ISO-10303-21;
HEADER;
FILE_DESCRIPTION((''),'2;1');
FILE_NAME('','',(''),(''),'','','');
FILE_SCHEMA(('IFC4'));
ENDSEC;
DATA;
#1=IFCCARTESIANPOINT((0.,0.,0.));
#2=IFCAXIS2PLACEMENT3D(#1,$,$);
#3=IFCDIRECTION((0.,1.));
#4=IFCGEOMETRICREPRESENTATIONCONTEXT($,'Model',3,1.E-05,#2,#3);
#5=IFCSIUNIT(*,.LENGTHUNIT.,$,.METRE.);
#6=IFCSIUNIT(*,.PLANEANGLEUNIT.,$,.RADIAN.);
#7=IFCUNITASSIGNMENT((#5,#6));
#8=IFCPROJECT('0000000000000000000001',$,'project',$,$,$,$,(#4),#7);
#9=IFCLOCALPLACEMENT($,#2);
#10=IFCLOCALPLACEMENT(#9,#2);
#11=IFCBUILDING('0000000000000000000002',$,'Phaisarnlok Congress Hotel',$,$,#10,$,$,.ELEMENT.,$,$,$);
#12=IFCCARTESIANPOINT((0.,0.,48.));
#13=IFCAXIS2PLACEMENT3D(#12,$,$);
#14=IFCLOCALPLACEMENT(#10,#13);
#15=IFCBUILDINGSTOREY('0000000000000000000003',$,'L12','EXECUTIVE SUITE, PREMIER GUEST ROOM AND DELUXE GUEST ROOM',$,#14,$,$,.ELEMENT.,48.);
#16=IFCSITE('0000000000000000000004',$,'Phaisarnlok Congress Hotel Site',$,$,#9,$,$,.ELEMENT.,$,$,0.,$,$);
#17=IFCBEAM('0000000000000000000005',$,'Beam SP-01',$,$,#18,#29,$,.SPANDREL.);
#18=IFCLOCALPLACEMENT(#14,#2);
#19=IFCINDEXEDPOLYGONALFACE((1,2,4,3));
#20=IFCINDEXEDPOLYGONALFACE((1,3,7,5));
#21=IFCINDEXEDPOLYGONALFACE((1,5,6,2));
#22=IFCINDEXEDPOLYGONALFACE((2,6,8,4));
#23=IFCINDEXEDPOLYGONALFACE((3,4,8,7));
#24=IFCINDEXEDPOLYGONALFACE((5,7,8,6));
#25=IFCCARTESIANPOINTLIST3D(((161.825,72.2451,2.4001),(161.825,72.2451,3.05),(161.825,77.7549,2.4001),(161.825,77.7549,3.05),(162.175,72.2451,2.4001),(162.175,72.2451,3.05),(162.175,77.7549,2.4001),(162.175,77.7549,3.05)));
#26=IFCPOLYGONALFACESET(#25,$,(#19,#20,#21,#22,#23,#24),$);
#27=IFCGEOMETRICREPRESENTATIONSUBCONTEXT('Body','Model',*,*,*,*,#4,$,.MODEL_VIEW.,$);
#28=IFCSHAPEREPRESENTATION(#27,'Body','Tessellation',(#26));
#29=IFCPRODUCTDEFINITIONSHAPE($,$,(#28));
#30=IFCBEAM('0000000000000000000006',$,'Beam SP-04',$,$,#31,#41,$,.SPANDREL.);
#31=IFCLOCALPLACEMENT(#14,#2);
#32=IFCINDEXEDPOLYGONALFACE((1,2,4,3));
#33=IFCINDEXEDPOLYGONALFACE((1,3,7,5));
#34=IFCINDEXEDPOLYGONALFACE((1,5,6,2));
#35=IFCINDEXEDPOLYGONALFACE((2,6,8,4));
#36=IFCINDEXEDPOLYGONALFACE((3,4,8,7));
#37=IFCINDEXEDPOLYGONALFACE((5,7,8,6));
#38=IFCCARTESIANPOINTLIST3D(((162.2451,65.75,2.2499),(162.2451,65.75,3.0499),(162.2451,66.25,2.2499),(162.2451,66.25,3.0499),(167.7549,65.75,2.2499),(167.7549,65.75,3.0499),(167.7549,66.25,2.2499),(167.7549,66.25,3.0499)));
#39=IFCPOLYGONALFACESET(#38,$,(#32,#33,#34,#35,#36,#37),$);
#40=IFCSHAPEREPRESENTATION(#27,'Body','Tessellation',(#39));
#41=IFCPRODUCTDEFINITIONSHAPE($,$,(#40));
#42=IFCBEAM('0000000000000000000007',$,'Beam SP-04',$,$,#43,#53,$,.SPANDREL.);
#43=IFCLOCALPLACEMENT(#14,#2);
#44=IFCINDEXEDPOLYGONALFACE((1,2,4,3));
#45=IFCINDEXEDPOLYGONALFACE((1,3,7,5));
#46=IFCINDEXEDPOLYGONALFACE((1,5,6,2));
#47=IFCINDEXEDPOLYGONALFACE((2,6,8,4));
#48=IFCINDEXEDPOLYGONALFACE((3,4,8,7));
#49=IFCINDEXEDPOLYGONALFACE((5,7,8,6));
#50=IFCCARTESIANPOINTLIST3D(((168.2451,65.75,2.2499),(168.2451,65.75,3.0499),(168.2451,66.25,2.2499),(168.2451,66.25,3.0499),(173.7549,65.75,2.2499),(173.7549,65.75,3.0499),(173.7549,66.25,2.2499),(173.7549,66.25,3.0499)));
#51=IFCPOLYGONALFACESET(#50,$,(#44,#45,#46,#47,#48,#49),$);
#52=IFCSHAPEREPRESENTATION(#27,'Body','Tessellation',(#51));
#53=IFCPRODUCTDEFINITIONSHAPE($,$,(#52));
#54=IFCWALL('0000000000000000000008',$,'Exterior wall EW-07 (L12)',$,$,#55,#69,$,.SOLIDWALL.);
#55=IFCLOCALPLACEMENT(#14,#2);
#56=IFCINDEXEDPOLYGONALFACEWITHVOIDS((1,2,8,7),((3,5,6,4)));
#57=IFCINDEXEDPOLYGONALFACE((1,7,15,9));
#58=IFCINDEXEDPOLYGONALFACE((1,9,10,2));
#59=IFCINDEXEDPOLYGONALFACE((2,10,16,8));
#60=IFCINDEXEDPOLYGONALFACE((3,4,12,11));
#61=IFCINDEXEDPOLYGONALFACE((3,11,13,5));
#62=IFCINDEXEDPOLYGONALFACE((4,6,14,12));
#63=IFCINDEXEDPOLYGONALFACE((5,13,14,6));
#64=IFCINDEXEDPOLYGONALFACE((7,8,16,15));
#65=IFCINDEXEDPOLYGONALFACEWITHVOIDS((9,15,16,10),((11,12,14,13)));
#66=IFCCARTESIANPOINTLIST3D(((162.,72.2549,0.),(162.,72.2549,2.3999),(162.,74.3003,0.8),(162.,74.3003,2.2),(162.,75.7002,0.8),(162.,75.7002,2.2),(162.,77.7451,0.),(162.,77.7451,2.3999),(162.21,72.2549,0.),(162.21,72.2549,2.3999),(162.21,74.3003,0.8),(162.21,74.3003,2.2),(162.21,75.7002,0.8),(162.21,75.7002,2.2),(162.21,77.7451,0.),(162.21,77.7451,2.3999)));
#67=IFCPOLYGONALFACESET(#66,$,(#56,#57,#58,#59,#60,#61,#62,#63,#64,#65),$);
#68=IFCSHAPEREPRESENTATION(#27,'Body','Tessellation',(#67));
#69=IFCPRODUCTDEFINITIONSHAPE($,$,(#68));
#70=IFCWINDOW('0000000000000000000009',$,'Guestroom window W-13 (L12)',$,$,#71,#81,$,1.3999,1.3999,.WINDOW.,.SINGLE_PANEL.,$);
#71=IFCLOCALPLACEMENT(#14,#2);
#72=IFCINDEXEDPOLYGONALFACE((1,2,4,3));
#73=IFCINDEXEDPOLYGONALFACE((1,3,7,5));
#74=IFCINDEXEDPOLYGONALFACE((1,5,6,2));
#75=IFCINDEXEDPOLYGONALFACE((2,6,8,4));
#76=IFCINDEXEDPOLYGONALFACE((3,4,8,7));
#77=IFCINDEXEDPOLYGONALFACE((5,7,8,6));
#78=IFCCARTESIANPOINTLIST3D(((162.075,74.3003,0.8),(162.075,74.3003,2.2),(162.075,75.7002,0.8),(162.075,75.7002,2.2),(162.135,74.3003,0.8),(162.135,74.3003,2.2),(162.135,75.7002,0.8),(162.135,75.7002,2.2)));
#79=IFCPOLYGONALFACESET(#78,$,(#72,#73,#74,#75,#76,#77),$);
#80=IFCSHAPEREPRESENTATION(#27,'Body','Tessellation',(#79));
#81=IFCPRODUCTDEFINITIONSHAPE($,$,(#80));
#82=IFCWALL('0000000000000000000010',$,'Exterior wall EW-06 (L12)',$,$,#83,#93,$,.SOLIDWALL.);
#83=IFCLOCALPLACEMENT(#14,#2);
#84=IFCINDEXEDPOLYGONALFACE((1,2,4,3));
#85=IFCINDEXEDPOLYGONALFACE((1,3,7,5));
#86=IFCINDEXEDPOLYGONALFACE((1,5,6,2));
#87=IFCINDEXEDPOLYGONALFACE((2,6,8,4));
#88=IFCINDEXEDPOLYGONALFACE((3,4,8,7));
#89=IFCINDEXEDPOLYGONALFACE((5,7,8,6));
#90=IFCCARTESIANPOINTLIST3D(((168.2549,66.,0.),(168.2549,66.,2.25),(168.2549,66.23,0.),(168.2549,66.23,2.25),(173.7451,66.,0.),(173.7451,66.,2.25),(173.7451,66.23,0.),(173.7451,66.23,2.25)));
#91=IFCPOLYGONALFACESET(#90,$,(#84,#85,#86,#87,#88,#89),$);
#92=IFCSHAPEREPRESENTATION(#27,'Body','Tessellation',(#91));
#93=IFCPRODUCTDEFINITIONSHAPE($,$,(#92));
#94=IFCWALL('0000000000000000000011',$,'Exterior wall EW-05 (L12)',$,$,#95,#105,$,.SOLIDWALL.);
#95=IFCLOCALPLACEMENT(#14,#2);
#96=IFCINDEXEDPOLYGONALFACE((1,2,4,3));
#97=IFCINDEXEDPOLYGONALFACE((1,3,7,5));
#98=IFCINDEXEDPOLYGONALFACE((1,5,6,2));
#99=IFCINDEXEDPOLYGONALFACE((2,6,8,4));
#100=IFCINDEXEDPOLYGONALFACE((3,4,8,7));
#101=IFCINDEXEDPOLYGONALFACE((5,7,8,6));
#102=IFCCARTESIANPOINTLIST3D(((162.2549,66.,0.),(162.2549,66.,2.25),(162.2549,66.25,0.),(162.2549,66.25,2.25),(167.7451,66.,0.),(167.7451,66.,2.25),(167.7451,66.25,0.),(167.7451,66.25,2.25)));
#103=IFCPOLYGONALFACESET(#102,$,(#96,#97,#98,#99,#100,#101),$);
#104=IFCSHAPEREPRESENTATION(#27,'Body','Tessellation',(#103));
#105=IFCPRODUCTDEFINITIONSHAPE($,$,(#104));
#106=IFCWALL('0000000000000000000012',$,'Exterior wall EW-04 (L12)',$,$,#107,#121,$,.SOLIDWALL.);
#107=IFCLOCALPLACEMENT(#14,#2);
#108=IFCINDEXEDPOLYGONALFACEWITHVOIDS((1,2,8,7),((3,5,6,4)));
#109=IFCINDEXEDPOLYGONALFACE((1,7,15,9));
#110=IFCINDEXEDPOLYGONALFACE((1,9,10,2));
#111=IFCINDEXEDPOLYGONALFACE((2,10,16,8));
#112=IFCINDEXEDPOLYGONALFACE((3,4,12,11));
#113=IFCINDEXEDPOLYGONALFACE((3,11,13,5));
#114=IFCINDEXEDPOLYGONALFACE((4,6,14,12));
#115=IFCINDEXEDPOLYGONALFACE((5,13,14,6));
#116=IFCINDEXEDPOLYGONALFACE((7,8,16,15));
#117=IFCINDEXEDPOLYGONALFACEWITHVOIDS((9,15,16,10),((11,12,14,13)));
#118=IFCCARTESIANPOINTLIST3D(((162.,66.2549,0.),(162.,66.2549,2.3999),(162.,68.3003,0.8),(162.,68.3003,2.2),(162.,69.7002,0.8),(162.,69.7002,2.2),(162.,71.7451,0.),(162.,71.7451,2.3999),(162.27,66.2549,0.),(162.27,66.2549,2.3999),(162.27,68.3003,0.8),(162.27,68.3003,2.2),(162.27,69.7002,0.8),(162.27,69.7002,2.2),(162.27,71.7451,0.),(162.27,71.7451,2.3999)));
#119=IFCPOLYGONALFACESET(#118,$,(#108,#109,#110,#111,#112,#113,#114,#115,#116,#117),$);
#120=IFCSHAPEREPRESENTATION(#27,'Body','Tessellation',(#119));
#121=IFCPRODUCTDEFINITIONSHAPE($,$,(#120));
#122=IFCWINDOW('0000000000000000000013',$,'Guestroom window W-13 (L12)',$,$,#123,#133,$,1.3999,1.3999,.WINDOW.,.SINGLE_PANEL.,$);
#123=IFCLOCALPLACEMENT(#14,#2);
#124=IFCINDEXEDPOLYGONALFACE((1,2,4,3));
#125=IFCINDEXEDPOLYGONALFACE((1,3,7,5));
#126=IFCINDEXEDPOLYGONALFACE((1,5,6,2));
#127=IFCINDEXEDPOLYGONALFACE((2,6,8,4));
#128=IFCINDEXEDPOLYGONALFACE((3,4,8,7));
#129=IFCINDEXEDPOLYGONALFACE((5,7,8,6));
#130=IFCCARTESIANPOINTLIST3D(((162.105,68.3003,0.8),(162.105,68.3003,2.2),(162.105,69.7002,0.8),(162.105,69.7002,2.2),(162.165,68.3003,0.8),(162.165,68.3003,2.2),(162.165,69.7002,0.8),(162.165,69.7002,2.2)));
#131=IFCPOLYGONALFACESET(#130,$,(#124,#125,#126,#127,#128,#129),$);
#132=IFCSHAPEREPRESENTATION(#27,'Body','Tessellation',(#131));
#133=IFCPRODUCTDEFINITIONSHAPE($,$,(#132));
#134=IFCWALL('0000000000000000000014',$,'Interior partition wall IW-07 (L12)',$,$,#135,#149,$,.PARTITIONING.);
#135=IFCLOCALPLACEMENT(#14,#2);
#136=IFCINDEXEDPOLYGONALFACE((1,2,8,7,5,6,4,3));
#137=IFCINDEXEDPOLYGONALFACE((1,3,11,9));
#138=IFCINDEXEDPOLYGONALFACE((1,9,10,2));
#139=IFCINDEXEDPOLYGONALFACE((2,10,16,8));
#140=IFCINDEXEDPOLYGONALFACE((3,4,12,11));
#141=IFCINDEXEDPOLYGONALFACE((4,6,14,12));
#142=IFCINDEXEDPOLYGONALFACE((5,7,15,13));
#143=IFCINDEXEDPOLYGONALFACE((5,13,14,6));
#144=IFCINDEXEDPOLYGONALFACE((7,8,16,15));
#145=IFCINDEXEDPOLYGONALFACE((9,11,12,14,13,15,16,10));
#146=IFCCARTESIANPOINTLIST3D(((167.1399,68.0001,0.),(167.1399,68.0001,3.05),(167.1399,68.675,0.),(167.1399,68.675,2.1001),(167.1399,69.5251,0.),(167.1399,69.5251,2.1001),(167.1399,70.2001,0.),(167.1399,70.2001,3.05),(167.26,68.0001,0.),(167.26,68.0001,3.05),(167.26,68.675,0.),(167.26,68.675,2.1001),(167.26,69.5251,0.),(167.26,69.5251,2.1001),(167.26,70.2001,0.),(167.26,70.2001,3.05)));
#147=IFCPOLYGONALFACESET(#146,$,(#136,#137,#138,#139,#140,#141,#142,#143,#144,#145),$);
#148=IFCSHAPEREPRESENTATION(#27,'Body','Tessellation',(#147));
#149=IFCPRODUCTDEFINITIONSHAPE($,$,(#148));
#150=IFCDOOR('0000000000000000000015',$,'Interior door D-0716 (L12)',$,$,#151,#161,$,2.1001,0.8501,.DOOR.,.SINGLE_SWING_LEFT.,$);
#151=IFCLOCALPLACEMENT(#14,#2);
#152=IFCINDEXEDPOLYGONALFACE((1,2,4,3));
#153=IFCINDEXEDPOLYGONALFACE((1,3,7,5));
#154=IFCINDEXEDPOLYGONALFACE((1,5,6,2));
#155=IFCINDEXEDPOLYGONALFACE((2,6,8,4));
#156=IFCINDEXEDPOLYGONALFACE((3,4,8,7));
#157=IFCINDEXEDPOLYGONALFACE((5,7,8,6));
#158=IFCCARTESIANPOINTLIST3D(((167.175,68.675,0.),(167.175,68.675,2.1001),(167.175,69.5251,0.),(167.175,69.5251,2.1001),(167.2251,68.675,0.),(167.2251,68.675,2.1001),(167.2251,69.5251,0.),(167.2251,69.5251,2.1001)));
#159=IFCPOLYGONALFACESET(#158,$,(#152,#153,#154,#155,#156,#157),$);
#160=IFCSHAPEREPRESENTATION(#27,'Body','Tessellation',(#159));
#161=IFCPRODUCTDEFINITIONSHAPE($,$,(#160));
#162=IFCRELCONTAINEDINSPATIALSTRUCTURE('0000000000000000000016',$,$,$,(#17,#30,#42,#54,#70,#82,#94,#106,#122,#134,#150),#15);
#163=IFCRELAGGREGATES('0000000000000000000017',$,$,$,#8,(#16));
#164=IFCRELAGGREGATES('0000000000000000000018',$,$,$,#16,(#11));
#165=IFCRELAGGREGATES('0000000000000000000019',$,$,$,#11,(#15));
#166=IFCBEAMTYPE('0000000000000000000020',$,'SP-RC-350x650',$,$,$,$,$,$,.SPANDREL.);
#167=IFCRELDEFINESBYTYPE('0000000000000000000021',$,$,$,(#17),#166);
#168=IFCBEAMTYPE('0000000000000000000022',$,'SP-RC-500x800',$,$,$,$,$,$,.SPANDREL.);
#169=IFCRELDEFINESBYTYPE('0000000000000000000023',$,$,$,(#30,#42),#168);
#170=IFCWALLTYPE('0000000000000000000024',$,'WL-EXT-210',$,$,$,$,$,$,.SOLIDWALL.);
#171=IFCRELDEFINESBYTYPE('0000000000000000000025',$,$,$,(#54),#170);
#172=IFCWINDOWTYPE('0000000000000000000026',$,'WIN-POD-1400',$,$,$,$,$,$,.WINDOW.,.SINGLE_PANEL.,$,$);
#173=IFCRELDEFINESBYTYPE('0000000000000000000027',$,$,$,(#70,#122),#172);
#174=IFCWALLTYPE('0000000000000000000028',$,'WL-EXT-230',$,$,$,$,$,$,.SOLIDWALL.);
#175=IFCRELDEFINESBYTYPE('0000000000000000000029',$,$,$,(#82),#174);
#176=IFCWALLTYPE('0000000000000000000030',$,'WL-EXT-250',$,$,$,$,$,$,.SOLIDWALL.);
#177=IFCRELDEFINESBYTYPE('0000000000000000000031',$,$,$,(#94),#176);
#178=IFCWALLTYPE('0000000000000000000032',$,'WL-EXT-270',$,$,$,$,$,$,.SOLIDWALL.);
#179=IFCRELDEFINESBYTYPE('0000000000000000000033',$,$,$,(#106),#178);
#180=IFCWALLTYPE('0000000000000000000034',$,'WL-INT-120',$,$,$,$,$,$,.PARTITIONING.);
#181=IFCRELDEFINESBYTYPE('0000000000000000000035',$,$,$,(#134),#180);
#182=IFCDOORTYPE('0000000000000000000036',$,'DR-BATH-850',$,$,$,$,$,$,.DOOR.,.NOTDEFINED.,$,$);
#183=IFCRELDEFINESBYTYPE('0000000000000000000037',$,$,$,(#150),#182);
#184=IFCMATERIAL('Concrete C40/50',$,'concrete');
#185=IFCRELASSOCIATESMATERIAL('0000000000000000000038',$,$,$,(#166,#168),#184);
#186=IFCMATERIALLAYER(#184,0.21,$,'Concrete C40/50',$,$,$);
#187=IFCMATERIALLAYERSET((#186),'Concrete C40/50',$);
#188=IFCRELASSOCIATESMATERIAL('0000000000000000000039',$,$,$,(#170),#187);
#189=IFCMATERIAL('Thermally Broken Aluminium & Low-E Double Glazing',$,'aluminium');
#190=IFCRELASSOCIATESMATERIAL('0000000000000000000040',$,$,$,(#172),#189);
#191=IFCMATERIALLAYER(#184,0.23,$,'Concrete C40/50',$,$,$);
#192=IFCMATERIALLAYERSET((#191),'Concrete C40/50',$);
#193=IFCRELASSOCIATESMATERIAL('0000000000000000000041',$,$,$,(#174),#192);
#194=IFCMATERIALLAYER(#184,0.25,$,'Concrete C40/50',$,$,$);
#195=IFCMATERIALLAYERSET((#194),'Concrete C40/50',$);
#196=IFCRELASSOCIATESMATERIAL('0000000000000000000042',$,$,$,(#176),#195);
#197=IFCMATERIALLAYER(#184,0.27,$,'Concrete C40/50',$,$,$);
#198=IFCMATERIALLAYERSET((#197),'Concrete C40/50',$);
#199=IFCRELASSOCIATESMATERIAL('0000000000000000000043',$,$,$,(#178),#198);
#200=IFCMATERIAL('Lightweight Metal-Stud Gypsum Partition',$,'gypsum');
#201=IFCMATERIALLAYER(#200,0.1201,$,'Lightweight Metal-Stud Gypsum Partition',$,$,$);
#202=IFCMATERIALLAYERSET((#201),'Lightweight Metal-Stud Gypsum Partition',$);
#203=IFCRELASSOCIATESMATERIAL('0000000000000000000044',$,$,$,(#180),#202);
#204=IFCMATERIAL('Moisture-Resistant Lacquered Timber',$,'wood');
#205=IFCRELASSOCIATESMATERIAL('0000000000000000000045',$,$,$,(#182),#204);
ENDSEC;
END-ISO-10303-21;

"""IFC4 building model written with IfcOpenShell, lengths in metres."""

from ifc_helpers import new_model, si_unit, direction, frame, frame_2d, origin, origin_2d, place, context, subcontext, project, spatial, rectangle, extrude, material, layer, layer_set, material_profile, profile_set, type_object, element, fill, save


model = new_model("IFC4")

# Units and contexts
model_context = context("Model", 3, precision=1e-05, world=origin(), true_north=direction((0.0, 1.0)))
body_context = subcontext(model_context, "Body", "Model", "MODEL_VIEW")
ifc_project = project(units=[si_unit("LENGTHUNIT", "METRE"), si_unit("PLANEANGLEUNIT", "RADIAN")], contexts=[model_context])

# Site, building, storey
site_placement = place(None, origin())
site = spatial("IfcSite", under=ifc_project, at=site_placement, Name="Phaisarnlok Congress Hotel Site", CompositionType="ELEMENT", RefElevation=0.0)
building_placement = place(site_placement, origin())
building = spatial("IfcBuilding", under=site, at=building_placement, Name="Phaisarnlok Congress Hotel", CompositionType="ELEMENT")
storey_placement = place(building_placement, frame((0.0, 0.0, 48.0)))
storey = spatial("IfcBuildingStorey", under=building, at=storey_placement, Name="L12", Description="EXECUTIVE SUITE, PREMIER GUEST ROOM AND DELUXE GUEST ROOM", CompositionType="ELEMENT", Elevation=48.0)

# Beams
ifc_material_1 = material(Name="Concrete C40/50", Category="concrete")
ifc_material_profile_1 = material_profile(ifc_material_1, rectangle(XDim=0.3501, YDim=0.6499, at=origin_2d()), Name="RC 350x650")
ifc_profile_set_1 = profile_set([ifc_material_profile_1], Name="Concrete C40/50")
beam_type_1 = type_object("IfcBeamType", Name="SP-RC-350x650", PredefinedType="SPANDREL", material=ifc_profile_set_1)
for number, where, z_axis, x_axis, name in (
    (1, (162.0, 72.2451, 2.7251), (0.0, 1.0, 0.0), (-1.0, 0.0, 0.0), "Beam SP-01"),
):
    element("IfcBeam", number, at=place(storey_placement, frame(where, z_axis=z_axis, x_axis=x_axis)), inside=storey, type_object=beam_type_1, Name=name, PredefinedType="SPANDREL", context=body_context, shape_type="SweptSolid", body=[
        extrude(rectangle(XDim=0.3501, YDim=0.6499, at=origin_2d()), origin(), (0.0, 0.0, 1.0), 5.5098),
    ])
ifc_material_profile_2 = material_profile(ifc_material_1, rectangle(XDim=0.5, YDim=0.8, at=origin_2d()), Name="RC 500x800")
ifc_profile_set_2 = profile_set([ifc_material_profile_2], Name="Concrete C40/50")
beam_type_2 = type_object("IfcBeamType", Name="SP-RC-500x800", PredefinedType="SPANDREL", material=ifc_profile_set_2)
for number, where, z_axis, x_axis, name in (
    (2, (162.2451, 66.0, 2.6499), (1.0, 0.0, 0.0), (0.0, 1.0, 0.0), "Beam SP-04"),
    (3, (168.2451, 66.0, 2.6499), (1.0, 0.0, 0.0), (0.0, 1.0, 0.0), "Beam SP-04"),
):
    element("IfcBeam", number, at=place(storey_placement, frame(where, z_axis=z_axis, x_axis=x_axis)), inside=storey, type_object=beam_type_2, Name=name, PredefinedType="SPANDREL", context=body_context, shape_type="SweptSolid", body=[
        extrude(rectangle(XDim=0.5, YDim=0.8, at=origin_2d()), origin(), (0.0, 0.0, 1.0), 5.5098),
    ])

# Wall, opening, window
ifc_layer_1 = layer(ifc_material_1, 0.21, Name="Concrete C40/50")
ifc_layer_set_1 = layer_set([ifc_layer_1], Name="Concrete C40/50")
wall_type_1 = type_object("IfcWallType", Name="WL-EXT-210", PredefinedType="SOLIDWALL", material=ifc_layer_set_1)
wall_1_placement = place(storey_placement, frame((162.105, 77.7451, 0.0), z_axis=(0.0, 0.0, 1.0), x_axis=(0.0, -1.0, 0.0)))
wall_1 = element("IfcWall", 4, at=wall_1_placement, inside=storey, type_object=wall_type_1, Name="Exterior wall EW-07 (L12)", PredefinedType="SOLIDWALL", context=body_context, shape_type="SweptSolid", body=[
    extrude(rectangle(XDim=5.4902, YDim=0.21, at=frame_2d((2.7451, 0.0))), origin(), (0.0, 0.0, 1.0), 2.3999),
])
opening_1_placement = place(wall_1_placement, frame((2.0449, 0.0, 0.8)))
opening_1 = element("IfcOpeningElement", 5, at=opening_1_placement, cuts=wall_1, PredefinedType="OPENING", context=body_context, shape_type="SweptSolid", body=[
    extrude(rectangle(XDim=1.3999, YDim=1.3999, at=frame_2d((0.7, 0.7))), frame((0.0, 0.115, 0.0), z_axis=(0.0, -1.0, 0.0), x_axis=(1.0, 0.0, 0.0)), (0.0, 0.0, 1.0), 0.23),
])
ifc_material_2 = material(Name="Thermally Broken Aluminium & Low-E Double Glazing", Category="aluminium")
window_type = type_object("IfcWindowType", Name="WIN-POD-1400", PartitioningType="SINGLE_PANEL", PredefinedType="WINDOW", material=ifc_material_2)
window_1_placement = place(opening_1_placement, origin())
window_1 = element("IfcWindow", 6, at=window_1_placement, inside=storey, type_object=window_type, Name="Guestroom window W-13 (L12)", OverallHeight=1.3999, OverallWidth=1.3999, PartitioningType="SINGLE_PANEL", PredefinedType="WINDOW", context=body_context, shape_type="SweptSolid", body=[
    extrude(rectangle(XDim=1.3999, YDim=1.3999, at=frame_2d((0.7, 0.7))), frame((0.0, 0.03, 0.0), z_axis=(0.0, -1.0, 0.0), x_axis=(1.0, 0.0, 0.0)), (0.0, 0.0, 1.0), 0.0601),
])
fill(opening_1, window_1)

# Walls
ifc_layer_2 = layer(ifc_material_1, 0.23, Name="Concrete C40/50")
ifc_layer_set_2 = layer_set([ifc_layer_2], Name="Concrete C40/50")
wall_type_2 = type_object("IfcWallType", Name="WL-EXT-230", PredefinedType="SOLIDWALL", material=ifc_layer_set_2)
wall_2_placement = place(storey_placement, frame((168.2549, 66.115, 0.0), z_axis=(0.0, 0.0, 1.0), x_axis=(1.0, 0.0, 0.0)))
element("IfcWall", 7, at=wall_2_placement, inside=storey, type_object=wall_type_2, Name="Exterior wall EW-06 (L12)", PredefinedType="SOLIDWALL", context=body_context, shape_type="SweptSolid", body=[
    extrude(rectangle(XDim=5.4902, YDim=0.23, at=frame_2d((2.7451, 0.0))), origin(), (0.0, 0.0, 1.0), 2.25),
])
ifc_layer_3 = layer(ifc_material_1, 0.25, Name="Concrete C40/50")
ifc_layer_set_3 = layer_set([ifc_layer_3], Name="Concrete C40/50")
wall_type_3 = type_object("IfcWallType", Name="WL-EXT-250", PredefinedType="SOLIDWALL", material=ifc_layer_set_3)
wall_3_placement = place(storey_placement, frame((162.2549, 66.125, 0.0), z_axis=(0.0, 0.0, 1.0), x_axis=(1.0, 0.0, 0.0)))
element("IfcWall", 8, at=wall_3_placement, inside=storey, type_object=wall_type_3, Name="Exterior wall EW-05 (L12)", PredefinedType="SOLIDWALL", context=body_context, shape_type="SweptSolid", body=[
    extrude(rectangle(XDim=5.4902, YDim=0.25, at=frame_2d((2.7451, 0.0))), origin(), (0.0, 0.0, 1.0), 2.25),
])

# Wall, opening, window
ifc_layer_4 = layer(ifc_material_1, 0.27, Name="Concrete C40/50")
ifc_layer_set_4 = layer_set([ifc_layer_4], Name="Concrete C40/50")
wall_type_4 = type_object("IfcWallType", Name="WL-EXT-270", PredefinedType="SOLIDWALL", material=ifc_layer_set_4)
wall_4_placement = place(storey_placement, frame((162.135, 71.7451, 0.0), z_axis=(0.0, 0.0, 1.0), x_axis=(0.0, -1.0, 0.0)))
wall_4 = element("IfcWall", 9, at=wall_4_placement, inside=storey, type_object=wall_type_4, Name="Exterior wall EW-04 (L12)", PredefinedType="SOLIDWALL", context=body_context, shape_type="SweptSolid", body=[
    extrude(rectangle(XDim=5.4902, YDim=0.27, at=frame_2d((2.7451, 0.0))), origin(), (0.0, 0.0, 1.0), 2.3999),
])
opening_2_placement = place(wall_4_placement, frame((2.0449, 0.0, 0.8)))
opening_2 = element("IfcOpeningElement", 10, at=opening_2_placement, cuts=wall_4, PredefinedType="OPENING", context=body_context, shape_type="SweptSolid", body=[
    extrude(rectangle(XDim=1.3999, YDim=1.3999, at=frame_2d((0.7, 0.7))), frame((0.0, 0.145, 0.0), z_axis=(0.0, -1.0, 0.0), x_axis=(1.0, 0.0, 0.0)), (0.0, 0.0, 1.0), 0.29),
])
window_2_placement = place(opening_2_placement, origin())
window_2 = element("IfcWindow", 11, at=window_2_placement, inside=storey, type_object=window_type, Name="Guestroom window W-13 (L12)", OverallHeight=1.3999, OverallWidth=1.3999, PartitioningType="SINGLE_PANEL", PredefinedType="WINDOW", context=body_context, shape_type="SweptSolid", body=[
    extrude(rectangle(XDim=1.3999, YDim=1.3999, at=frame_2d((0.7, 0.7))), frame((0.0, 0.03, 0.0), z_axis=(0.0, -1.0, 0.0), x_axis=(1.0, 0.0, 0.0)), (0.0, 0.0, 1.0), 0.0601),
])
fill(opening_2, window_2)

# Wall, opening, door
ifc_material_3 = material(Name="Lightweight Metal-Stud Gypsum Partition", Category="gypsum")
ifc_layer_5 = layer(ifc_material_3, 0.1201, Name="Lightweight Metal-Stud Gypsum Partition")
ifc_layer_set_5 = layer_set([ifc_layer_5], Name="Lightweight Metal-Stud Gypsum Partition")
wall_type_5 = type_object("IfcWallType", Name="WL-INT-120", PredefinedType="PARTITIONING", material=ifc_layer_set_5)
wall_5_placement = place(storey_placement, frame((167.2, 68.0, 0.0), z_axis=(0.0, 0.0, 1.0), x_axis=(0.0, 1.0, 0.0)))
wall_5 = element("IfcWall", 12, at=wall_5_placement, inside=storey, type_object=wall_type_5, Name="Interior partition wall IW-07 (L12)", PredefinedType="PARTITIONING", context=body_context, shape_type="SweptSolid", body=[
    extrude(rectangle(XDim=2.2, YDim=0.1201, at=frame_2d((1.1001, 0.0))), origin(), (0.0, 0.0, 1.0), 3.05),
])
opening_3_placement = place(wall_5_placement, frame((0.675, 0.0, 0.0)))
opening_3 = element("IfcOpeningElement", 13, at=opening_3_placement, cuts=wall_5, PredefinedType="OPENING", context=body_context, shape_type="SweptSolid", body=[
    extrude(rectangle(XDim=0.8501, YDim=2.1001, at=frame_2d((0.425, 1.05))), frame((0.0, 0.0701, 0.0), z_axis=(0.0, -1.0, 0.0), x_axis=(1.0, 0.0, 0.0)), (0.0, 0.0, 1.0), 0.1401),
])
ifc_material_4 = material(Name="Moisture-Resistant Lacquered Timber", Category="wood")
door_type = type_object("IfcDoorType", Name="DR-BATH-850", OperationType="NOTDEFINED", PredefinedType="DOOR", material=ifc_material_4)
door_1_placement = place(opening_3_placement, origin())
door_1 = element("IfcDoor", 14, at=door_1_placement, inside=storey, type_object=door_type, Name="Interior door D-0716 (L12)", OperationType="SINGLE_SWING_LEFT", OverallHeight=2.1001, OverallWidth=0.8501, PredefinedType="DOOR", context=body_context, shape_type="SweptSolid", body=[
    extrude(rectangle(XDim=0.8501, YDim=2.1001, at=frame_2d((0.425, 1.05))), frame((0.0, 0.0249, 0.0), z_axis=(0.0, -1.0, 0.0), x_axis=(1.0, 0.0, 0.0)), (0.0, 0.0, 1.0), 0.05),
])
fill(opening_3, door_1)

save(model, "model.ifc")
